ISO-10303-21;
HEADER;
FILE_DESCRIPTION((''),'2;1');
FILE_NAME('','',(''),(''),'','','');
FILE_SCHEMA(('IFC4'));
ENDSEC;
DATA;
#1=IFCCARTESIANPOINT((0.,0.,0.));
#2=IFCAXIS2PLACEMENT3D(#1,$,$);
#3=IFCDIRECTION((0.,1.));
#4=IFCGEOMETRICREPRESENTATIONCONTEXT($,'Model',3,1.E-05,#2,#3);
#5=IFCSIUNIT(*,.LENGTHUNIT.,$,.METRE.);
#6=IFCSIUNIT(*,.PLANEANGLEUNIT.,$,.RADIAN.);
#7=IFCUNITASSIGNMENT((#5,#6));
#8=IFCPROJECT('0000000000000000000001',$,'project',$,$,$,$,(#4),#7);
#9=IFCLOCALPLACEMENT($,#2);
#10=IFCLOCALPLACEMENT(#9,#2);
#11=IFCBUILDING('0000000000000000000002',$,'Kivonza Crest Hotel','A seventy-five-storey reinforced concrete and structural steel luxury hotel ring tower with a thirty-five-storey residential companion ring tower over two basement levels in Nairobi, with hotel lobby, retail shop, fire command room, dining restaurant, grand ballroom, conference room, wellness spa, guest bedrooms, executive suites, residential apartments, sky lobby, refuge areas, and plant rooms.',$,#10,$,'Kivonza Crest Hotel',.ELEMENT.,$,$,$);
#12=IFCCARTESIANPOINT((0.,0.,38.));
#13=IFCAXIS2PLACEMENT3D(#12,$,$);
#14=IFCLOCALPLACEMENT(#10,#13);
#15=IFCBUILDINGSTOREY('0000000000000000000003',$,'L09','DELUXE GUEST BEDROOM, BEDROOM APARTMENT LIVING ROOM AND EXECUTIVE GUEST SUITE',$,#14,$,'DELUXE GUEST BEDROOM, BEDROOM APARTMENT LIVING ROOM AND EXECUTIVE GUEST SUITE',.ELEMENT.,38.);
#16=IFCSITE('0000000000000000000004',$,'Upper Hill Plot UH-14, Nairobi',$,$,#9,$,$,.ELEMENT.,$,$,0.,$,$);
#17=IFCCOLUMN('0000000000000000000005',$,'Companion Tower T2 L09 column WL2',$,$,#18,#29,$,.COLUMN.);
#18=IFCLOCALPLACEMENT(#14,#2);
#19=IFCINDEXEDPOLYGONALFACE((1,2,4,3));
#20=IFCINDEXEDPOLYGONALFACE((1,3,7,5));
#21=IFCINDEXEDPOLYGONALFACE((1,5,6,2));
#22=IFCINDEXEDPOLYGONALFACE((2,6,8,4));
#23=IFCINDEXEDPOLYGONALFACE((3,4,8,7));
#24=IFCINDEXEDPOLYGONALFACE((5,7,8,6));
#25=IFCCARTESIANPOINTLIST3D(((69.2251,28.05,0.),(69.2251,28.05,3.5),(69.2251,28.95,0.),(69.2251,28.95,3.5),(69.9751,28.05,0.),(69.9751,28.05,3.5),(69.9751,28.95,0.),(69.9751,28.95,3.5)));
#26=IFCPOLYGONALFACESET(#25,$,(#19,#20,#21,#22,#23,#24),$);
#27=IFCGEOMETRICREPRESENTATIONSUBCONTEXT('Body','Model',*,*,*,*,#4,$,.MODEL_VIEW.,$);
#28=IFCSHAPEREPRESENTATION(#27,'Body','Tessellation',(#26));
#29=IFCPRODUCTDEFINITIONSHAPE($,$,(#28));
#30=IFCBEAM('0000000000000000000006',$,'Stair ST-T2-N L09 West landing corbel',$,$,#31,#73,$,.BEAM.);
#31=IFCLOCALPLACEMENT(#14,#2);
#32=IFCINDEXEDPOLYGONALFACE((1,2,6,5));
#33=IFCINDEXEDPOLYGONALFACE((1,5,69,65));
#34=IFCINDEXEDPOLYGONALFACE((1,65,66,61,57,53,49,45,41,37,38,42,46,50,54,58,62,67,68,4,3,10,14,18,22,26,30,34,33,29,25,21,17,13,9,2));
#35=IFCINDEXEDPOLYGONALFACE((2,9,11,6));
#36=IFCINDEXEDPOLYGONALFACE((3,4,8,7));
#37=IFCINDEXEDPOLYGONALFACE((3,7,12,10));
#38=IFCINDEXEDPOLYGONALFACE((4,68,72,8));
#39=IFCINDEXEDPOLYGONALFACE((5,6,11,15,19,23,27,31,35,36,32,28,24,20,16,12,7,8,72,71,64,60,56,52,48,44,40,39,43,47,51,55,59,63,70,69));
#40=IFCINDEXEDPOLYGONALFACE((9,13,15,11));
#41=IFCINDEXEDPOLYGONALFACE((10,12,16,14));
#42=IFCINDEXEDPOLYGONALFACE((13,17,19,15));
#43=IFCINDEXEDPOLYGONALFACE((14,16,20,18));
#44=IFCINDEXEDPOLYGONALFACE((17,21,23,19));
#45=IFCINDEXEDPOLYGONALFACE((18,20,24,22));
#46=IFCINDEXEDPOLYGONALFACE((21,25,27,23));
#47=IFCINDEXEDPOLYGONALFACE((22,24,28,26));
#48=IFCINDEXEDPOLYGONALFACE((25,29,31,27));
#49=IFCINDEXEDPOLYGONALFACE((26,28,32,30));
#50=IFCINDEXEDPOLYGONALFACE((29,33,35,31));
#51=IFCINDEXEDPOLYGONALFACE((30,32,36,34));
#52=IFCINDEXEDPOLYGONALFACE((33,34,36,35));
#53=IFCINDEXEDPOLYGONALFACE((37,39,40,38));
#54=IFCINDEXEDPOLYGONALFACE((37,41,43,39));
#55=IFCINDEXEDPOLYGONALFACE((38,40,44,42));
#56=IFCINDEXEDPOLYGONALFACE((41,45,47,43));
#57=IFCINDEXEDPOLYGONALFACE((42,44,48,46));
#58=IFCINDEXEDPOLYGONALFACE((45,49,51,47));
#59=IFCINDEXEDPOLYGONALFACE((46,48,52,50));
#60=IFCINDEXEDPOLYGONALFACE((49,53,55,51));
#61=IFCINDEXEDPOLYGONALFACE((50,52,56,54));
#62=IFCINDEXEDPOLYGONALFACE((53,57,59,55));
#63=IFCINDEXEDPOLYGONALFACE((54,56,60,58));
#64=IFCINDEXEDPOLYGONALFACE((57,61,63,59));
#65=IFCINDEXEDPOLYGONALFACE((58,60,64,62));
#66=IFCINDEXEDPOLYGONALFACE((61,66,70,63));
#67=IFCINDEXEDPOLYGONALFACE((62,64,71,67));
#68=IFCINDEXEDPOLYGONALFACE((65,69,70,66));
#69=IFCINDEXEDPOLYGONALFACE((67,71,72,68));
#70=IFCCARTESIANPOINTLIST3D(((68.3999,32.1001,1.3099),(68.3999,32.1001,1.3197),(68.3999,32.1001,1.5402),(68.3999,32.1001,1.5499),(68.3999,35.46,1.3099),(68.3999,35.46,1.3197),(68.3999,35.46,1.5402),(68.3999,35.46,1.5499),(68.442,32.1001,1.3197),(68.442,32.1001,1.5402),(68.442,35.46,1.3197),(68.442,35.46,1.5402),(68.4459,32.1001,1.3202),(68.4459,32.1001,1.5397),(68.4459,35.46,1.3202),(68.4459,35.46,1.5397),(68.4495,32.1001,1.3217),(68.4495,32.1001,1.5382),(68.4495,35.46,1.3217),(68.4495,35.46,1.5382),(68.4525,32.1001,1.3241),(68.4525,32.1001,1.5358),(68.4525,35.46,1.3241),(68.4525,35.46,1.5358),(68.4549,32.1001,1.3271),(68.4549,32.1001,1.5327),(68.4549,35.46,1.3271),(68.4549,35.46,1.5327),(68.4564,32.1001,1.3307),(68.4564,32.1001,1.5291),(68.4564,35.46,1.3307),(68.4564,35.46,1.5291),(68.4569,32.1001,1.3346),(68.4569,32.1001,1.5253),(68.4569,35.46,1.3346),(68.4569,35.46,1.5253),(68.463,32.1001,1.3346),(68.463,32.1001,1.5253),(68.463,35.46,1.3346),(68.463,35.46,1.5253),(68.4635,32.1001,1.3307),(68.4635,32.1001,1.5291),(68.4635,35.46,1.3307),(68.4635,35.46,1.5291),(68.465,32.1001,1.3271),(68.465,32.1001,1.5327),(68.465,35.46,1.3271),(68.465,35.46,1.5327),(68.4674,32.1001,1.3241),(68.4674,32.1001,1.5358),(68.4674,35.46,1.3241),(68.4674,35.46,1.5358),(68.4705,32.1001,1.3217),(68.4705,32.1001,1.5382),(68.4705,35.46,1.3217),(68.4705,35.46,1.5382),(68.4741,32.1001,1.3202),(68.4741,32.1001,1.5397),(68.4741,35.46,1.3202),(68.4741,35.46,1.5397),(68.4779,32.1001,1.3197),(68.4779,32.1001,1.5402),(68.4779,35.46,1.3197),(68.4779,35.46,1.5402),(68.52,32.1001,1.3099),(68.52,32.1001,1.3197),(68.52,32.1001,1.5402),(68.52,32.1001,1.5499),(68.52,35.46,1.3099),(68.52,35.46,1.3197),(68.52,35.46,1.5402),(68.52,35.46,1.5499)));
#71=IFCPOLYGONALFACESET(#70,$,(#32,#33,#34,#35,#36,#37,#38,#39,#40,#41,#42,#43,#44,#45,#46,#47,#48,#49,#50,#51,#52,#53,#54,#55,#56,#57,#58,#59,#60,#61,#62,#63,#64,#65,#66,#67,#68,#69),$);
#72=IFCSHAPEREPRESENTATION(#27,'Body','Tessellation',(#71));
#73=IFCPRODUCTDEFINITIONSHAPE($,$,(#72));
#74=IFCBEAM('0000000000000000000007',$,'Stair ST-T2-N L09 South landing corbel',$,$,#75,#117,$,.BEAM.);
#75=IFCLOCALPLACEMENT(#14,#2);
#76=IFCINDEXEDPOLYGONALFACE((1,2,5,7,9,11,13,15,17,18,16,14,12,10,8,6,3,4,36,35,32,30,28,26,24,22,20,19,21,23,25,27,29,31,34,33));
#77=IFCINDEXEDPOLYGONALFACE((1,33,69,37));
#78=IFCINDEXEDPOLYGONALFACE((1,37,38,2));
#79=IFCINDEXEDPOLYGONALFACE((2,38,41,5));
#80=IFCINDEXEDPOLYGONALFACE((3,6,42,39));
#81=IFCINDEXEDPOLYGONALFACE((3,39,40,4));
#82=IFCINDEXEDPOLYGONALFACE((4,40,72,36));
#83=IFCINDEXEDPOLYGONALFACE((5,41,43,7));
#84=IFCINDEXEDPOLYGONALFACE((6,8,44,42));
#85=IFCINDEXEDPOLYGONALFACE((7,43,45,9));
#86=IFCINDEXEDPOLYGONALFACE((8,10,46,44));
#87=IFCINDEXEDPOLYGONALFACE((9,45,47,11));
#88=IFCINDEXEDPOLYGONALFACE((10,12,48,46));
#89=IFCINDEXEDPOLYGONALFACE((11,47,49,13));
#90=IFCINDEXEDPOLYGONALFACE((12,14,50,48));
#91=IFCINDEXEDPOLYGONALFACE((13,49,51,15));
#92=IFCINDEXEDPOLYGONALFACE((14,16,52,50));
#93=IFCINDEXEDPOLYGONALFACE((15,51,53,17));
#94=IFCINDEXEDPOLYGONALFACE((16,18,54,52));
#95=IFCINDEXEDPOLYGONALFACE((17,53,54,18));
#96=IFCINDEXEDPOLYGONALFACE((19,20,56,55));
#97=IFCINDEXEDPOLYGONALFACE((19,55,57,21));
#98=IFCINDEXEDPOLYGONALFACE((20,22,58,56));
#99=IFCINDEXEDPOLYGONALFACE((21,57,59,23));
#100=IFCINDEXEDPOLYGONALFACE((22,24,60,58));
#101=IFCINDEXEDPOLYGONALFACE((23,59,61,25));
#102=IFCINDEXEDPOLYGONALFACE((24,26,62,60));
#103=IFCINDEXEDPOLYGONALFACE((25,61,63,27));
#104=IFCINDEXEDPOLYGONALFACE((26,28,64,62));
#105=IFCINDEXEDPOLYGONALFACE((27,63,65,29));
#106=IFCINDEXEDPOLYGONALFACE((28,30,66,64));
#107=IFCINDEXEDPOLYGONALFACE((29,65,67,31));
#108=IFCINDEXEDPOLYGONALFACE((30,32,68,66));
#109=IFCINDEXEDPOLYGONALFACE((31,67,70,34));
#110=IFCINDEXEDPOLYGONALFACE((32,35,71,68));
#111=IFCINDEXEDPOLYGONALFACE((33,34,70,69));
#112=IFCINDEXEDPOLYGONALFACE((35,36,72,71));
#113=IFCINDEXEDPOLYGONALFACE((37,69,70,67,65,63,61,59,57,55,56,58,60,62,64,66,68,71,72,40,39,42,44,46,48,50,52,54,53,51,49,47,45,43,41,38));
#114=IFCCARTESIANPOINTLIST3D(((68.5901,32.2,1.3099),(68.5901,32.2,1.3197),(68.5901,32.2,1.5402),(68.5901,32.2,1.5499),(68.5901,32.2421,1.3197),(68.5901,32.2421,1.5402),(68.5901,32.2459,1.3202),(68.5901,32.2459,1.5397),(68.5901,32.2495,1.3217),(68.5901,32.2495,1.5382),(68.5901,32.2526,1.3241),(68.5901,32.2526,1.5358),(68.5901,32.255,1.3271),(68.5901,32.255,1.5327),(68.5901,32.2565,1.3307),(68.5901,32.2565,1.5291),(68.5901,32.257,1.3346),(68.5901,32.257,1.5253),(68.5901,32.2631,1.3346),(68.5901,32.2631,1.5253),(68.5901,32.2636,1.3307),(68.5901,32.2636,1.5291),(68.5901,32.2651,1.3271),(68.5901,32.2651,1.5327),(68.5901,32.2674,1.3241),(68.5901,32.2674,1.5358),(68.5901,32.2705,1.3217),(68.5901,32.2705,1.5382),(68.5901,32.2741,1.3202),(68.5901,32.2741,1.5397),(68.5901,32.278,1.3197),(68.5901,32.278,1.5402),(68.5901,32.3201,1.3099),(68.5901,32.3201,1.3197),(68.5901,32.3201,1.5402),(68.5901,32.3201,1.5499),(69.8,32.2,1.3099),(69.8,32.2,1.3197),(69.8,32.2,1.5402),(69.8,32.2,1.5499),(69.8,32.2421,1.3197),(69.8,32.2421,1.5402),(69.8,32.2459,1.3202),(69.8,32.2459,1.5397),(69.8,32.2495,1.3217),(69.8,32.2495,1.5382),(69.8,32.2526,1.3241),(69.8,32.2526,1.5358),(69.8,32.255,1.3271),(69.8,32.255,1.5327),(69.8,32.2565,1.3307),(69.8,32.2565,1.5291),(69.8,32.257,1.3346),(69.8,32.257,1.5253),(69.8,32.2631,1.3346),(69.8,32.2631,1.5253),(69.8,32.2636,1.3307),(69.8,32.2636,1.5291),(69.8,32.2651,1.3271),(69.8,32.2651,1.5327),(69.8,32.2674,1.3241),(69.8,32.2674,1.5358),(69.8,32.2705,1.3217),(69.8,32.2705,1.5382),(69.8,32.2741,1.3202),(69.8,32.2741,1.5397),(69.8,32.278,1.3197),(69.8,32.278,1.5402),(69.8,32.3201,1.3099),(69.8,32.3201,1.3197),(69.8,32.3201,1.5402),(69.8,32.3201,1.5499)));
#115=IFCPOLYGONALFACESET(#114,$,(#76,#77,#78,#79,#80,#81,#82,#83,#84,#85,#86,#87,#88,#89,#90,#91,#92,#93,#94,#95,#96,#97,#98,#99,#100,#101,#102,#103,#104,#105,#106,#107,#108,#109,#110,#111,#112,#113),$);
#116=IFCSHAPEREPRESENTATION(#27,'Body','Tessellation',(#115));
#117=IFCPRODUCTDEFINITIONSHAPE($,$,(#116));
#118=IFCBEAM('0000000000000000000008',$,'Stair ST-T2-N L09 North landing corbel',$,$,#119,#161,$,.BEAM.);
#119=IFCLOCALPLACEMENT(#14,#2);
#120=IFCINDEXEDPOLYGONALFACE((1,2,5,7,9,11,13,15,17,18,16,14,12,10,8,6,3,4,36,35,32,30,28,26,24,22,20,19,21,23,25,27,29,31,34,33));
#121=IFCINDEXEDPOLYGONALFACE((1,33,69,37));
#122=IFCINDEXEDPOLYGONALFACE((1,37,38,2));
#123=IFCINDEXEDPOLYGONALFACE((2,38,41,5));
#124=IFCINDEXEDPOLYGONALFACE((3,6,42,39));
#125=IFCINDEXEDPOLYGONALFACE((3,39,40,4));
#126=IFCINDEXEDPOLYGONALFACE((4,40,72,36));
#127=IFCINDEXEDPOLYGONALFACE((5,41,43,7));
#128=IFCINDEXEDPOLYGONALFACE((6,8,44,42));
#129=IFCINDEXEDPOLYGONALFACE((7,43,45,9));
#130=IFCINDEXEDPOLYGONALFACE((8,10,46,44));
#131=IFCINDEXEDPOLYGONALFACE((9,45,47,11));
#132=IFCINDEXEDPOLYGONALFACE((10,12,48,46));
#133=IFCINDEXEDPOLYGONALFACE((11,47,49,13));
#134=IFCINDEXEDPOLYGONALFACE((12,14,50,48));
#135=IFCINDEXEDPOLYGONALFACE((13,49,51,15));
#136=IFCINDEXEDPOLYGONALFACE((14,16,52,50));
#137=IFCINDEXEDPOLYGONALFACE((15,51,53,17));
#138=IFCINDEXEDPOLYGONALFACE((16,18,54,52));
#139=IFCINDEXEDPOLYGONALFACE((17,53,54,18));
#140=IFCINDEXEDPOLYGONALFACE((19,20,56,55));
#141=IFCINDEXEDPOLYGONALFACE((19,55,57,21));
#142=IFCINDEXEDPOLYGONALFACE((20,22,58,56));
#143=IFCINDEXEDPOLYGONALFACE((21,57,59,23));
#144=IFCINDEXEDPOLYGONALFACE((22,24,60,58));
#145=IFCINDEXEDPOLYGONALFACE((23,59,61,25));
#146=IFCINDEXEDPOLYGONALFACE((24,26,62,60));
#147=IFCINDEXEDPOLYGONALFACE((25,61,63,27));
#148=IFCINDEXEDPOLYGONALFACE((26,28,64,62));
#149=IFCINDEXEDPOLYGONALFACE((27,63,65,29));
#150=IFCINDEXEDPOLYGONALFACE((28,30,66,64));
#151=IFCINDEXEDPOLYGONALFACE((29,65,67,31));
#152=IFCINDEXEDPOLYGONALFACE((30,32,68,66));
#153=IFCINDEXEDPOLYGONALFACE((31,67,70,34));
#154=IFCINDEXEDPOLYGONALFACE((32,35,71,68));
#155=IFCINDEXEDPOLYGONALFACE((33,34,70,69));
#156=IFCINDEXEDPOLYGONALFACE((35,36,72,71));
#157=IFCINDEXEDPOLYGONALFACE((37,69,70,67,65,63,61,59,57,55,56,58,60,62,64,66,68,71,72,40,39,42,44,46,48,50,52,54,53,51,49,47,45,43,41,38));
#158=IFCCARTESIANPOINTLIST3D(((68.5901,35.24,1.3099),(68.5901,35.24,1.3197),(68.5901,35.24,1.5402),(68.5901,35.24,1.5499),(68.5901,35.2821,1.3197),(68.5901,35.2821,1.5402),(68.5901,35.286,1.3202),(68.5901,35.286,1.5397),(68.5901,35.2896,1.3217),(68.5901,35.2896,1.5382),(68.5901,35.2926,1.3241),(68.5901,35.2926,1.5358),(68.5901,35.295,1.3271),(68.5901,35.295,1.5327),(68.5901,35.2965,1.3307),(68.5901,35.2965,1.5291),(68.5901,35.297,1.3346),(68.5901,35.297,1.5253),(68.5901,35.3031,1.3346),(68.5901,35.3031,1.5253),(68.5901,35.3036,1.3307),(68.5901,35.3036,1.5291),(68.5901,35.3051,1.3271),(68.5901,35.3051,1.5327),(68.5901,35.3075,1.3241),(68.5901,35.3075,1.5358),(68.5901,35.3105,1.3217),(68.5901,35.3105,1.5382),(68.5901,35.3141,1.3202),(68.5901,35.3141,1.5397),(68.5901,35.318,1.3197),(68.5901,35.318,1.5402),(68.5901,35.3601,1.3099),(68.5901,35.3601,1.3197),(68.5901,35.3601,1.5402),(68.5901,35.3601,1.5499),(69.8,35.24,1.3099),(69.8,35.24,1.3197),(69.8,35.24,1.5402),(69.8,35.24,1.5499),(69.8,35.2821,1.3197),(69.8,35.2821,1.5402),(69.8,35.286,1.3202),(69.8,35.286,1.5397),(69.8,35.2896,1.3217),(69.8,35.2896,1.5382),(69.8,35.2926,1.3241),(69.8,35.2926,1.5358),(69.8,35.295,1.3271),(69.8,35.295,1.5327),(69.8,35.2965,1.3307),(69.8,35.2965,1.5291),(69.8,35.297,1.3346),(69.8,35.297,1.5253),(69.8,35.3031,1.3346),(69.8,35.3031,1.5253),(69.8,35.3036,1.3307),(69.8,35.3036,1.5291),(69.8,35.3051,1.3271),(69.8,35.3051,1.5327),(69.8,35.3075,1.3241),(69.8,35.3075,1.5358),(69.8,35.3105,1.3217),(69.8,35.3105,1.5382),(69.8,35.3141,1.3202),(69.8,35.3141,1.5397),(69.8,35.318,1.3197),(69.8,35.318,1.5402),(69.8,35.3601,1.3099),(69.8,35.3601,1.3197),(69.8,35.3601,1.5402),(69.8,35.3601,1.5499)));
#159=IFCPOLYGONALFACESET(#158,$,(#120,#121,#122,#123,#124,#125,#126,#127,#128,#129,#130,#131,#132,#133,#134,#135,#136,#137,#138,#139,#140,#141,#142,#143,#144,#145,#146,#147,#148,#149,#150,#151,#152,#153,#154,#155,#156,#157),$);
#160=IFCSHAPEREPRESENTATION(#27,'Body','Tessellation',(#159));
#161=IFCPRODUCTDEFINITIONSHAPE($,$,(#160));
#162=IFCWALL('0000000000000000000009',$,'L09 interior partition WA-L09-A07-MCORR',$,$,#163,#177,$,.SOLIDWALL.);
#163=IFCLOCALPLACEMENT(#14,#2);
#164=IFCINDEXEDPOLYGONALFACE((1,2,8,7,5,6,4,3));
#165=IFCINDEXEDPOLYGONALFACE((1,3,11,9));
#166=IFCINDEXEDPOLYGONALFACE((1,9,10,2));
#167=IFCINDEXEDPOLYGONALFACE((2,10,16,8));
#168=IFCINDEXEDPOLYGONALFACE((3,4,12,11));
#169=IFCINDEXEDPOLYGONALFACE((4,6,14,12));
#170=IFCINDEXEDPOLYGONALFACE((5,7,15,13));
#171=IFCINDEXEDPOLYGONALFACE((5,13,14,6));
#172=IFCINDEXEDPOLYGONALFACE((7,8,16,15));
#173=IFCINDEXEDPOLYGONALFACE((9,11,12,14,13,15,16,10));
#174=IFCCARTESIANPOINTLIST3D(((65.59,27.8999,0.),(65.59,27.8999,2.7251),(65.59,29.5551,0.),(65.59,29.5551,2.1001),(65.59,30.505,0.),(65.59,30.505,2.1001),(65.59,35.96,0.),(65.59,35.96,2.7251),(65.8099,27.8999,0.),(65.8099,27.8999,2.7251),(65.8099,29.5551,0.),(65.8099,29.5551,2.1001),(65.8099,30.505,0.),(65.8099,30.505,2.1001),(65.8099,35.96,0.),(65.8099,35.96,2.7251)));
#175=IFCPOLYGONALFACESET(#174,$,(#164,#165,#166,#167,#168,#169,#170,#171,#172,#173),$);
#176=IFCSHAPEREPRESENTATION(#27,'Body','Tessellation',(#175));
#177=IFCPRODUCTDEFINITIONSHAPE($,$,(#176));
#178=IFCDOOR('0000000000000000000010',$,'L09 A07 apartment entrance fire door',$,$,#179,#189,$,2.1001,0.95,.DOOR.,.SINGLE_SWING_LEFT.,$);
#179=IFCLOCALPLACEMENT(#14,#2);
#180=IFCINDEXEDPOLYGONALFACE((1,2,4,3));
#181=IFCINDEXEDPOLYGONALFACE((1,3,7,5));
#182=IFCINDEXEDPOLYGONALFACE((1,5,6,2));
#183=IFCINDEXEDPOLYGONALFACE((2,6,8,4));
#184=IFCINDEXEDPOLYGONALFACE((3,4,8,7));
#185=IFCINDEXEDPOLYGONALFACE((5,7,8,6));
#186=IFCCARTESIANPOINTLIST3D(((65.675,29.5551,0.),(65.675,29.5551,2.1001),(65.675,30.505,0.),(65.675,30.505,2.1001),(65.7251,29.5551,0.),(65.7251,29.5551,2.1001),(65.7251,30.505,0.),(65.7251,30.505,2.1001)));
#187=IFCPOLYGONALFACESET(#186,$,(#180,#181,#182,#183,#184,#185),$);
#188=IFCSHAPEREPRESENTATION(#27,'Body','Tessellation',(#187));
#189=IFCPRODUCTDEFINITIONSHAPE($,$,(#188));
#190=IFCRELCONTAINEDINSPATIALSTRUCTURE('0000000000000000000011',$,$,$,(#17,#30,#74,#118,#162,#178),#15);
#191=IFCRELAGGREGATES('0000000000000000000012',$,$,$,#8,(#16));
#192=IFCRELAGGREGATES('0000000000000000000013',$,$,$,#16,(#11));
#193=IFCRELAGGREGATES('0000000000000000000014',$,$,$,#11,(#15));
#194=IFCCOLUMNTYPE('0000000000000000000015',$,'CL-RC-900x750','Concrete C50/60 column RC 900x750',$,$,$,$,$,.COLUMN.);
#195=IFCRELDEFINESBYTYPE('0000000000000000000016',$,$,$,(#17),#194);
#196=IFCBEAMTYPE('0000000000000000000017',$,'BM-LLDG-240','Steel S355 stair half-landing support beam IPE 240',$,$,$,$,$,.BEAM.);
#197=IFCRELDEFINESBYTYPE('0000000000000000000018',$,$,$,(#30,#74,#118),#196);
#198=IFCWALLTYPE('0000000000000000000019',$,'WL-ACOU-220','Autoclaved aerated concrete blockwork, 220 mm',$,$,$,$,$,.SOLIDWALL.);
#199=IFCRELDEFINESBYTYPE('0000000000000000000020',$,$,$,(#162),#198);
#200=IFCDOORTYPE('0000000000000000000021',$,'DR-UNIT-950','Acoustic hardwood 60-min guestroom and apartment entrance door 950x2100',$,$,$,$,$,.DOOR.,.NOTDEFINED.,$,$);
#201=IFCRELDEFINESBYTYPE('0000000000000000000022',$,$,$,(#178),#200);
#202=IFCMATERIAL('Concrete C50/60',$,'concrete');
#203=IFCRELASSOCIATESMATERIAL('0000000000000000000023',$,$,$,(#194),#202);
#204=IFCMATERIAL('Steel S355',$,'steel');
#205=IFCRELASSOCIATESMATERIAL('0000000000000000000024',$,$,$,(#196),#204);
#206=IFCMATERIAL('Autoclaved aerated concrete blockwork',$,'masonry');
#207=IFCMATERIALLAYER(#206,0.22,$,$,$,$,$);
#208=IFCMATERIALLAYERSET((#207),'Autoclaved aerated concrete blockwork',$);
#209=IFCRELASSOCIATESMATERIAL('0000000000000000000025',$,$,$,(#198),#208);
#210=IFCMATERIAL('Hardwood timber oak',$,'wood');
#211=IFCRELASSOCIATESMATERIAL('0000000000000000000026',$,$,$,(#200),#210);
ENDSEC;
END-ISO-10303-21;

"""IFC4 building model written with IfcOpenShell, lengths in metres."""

from ifc_helpers import new_model, si_unit, direction, frame, frame_2d, origin, origin_2d, place, context, subcontext, project, spatial, rectangle, i_section, extrude, material, layer, layer_set, material_profile, profile_set, type_object, element, fill, save


model = new_model("IFC4")

# Units and contexts
model_context = context("Model", 3, precision=1e-05, world=origin(), true_north=direction((0.0, 1.0)))
body_context = subcontext(model_context, "Body", "Model", "MODEL_VIEW")
ifc_project = project(units=[si_unit("LENGTHUNIT", "METRE"), si_unit("PLANEANGLEUNIT", "RADIAN")], contexts=[model_context])

# Site, building, storey
site_placement = place(None, origin())
site = spatial("IfcSite", under=ifc_project, at=site_placement, Name="Upper Hill Plot UH-14, Nairobi", CompositionType="ELEMENT", RefElevation=0.0)
building_placement = place(site_placement, origin())
building = spatial("IfcBuilding", under=site, at=building_placement, Name="Kivonza Crest Hotel", Description="A seventy-five-storey reinforced concrete and structural steel luxury hotel ring tower with a thirty-five-storey residential companion ring tower over two basement levels in Nairobi, with hotel lobby, retail shop, fire command room, dining restaurant, grand ballroom, conference room, wellness spa, guest bedrooms, executive suites, residential apartments, sky lobby, refuge areas, and plant rooms.", LongName="Kivonza Crest Hotel", CompositionType="ELEMENT")
storey_placement = place(building_placement, frame((0.0, 0.0, 38.0)))
storey = spatial("IfcBuildingStorey", under=building, at=storey_placement, Name="L09", Description="DELUXE GUEST BEDROOM, BEDROOM APARTMENT LIVING ROOM AND EXECUTIVE GUEST SUITE", LongName="DELUXE GUEST BEDROOM, BEDROOM APARTMENT LIVING ROOM AND EXECUTIVE GUEST SUITE", CompositionType="ELEMENT", Elevation=38.0)

# Column
ifc_material_1 = material(Name="Concrete C50/60", Category="concrete")
ifc_material_profile_1 = material_profile(ifc_material_1, rectangle(XDim=0.75, YDim=0.8999, at=origin_2d()), Name="RC 900x750")
ifc_profile_set_1 = profile_set([ifc_material_profile_1], Name="Concrete C50/60")
column_type = type_object("IfcColumnType", Name="CL-RC-900x750", Description="Concrete C50/60 column RC 900x750", PredefinedType="COLUMN", material=ifc_profile_set_1)
column_placement = place(storey_placement, frame((69.6001, 28.5, 0.0), z_axis=(0.0, 0.0, 1.0), x_axis=(1.0, 0.0, 0.0)))
element("IfcColumn", 1, at=column_placement, inside=storey, type_object=column_type, Name="Companion Tower T2 L09 column WL2", PredefinedType="COLUMN", context=body_context, shape_type="SweptSolid", body=[
    extrude(rectangle(XDim=0.75, YDim=0.8999, at=origin_2d()), origin(), (0.0, 0.0, 1.0), 3.5),
])

# Beams
ifc_material_2 = material(Name="Steel S355", Category="steel")
ifc_material_profile_2 = material_profile(ifc_material_2, i_section(OverallWidth=0.1201, OverallDepth=0.24, WebThickness=0.0061, FlangeThickness=0.0098, FilletRadius=0.0149, at=origin_2d()), Name="IPE 240")
ifc_profile_set_2 = profile_set([ifc_material_profile_2], Name="Steel S355")
beam_type = type_object("IfcBeamType", Name="BM-LLDG-240", Description="Steel S355 stair half-landing support beam IPE 240", PredefinedType="BEAM", material=ifc_profile_set_2)
beam_placement = place(storey_placement, frame((68.46, 32.1001, 1.4299), z_axis=(0.0, 1.0, 0.0), x_axis=(-1.0, 0.0, 0.0)))
element("IfcBeam", 2, at=beam_placement, inside=storey, type_object=beam_type, Name="Stair ST-T2-N L09 West landing corbel", PredefinedType="BEAM", context=body_context, shape_type="SweptSolid", body=[
    extrude(i_section(OverallWidth=0.1201, OverallDepth=0.24, WebThickness=0.0061, FlangeThickness=0.0098, FilletRadius=0.0149, at=origin_2d()), origin(), (0.0, 0.0, 1.0), 3.3599),
])
for number, where, z_axis, x_axis, name in (
    (3, (68.5901, 32.26, 1.4299), (1.0, 0.0, 0.0), (0.0, 1.0, 0.0), "Stair ST-T2-N L09 South landing corbel"),
    (4, (68.5901, 35.3, 1.4299), (1.0, 0.0, 0.0), (0.0, 1.0, 0.0), "Stair ST-T2-N L09 North landing corbel"),
):
    element("IfcBeam", number, at=place(storey_placement, frame(where, z_axis=z_axis, x_axis=x_axis)), inside=storey, type_object=beam_type, Name=name, PredefinedType="BEAM", context=body_context, shape_type="SweptSolid", body=[
        extrude(i_section(OverallWidth=0.1201, OverallDepth=0.24, WebThickness=0.0061, FlangeThickness=0.0098, FilletRadius=0.0149, at=origin_2d()), origin(), (0.0, 0.0, 1.0), 1.21),
    ])

# Wall, opening, door
ifc_material_3 = material(Name="Autoclaved aerated concrete blockwork", Category="masonry")
ifc_layer_1 = layer(ifc_material_3, 0.22)
ifc_layer_set_1 = layer_set([ifc_layer_1], Name="Autoclaved aerated concrete blockwork")
wall_type_1 = type_object("IfcWallType", Name="WL-ACOU-220", Description="Autoclaved aerated concrete blockwork, 220 mm", PredefinedType="SOLIDWALL", material=ifc_layer_set_1)
wall_1_placement = place(storey_placement, frame((65.7, 27.8999, 0.0), z_axis=(0.0, 0.0, 1.0), x_axis=(0.0, 1.0, 0.0)))
wall_1 = element("IfcWall", 5, at=wall_1_placement, inside=storey, type_object=wall_type_1, Name="L09 interior partition WA-L09-A07-MCORR", PredefinedType="SOLIDWALL", context=body_context, shape_type="SweptSolid", body=[
    extrude(rectangle(XDim=8.0601, YDim=0.22, at=frame_2d((4.03, 0.0))), origin(), (0.0, 0.0, 1.0), 2.7251),
])
opening_1_placement = place(wall_1_placement, frame((1.655, 0.0, 0.0)))
opening_1 = element("IfcOpeningElement", 6, at=opening_1_placement, cuts=wall_1, PredefinedType="OPENING", context=body_context, shape_type="SweptSolid", body=[
    extrude(rectangle(XDim=0.95, YDim=2.1001, at=frame_2d((0.4751, 1.05))), frame((0.0, 0.1201, 0.0), z_axis=(0.0, -1.0, 0.0), x_axis=(1.0, 0.0, 0.0)), (0.0, 0.0, 1.0), 0.24),
])
ifc_material_4 = material(Name="Hardwood timber oak", Category="wood")
door_type_1 = type_object("IfcDoorType", Name="DR-UNIT-950", Description="Acoustic hardwood 60-min guestroom and apartment entrance door 950x2100", OperationType="NOTDEFINED", PredefinedType="DOOR", material=ifc_material_4)
door_1_placement = place(opening_1_placement, origin())
door_1 = element("IfcDoor", 7, at=door_1_placement, inside=storey, type_object=door_type_1, Name="L09 A07 apartment entrance fire door", OperationType="SINGLE_SWING_LEFT", OverallHeight=2.1001, OverallWidth=0.95, PredefinedType="DOOR", context=body_context, shape_type="SweptSolid", body=[
    extrude(rectangle(XDim=0.95, YDim=2.1001, at=frame_2d((0.4751, 1.05))), frame((0.0, 0.0249, 0.0), z_axis=(0.0, -1.0, 0.0), x_axis=(1.0, 0.0, 0.0)), (0.0, 0.0, 1.0), 0.05),
])
fill(opening_1, door_1)

save(model, "model.ifc")
